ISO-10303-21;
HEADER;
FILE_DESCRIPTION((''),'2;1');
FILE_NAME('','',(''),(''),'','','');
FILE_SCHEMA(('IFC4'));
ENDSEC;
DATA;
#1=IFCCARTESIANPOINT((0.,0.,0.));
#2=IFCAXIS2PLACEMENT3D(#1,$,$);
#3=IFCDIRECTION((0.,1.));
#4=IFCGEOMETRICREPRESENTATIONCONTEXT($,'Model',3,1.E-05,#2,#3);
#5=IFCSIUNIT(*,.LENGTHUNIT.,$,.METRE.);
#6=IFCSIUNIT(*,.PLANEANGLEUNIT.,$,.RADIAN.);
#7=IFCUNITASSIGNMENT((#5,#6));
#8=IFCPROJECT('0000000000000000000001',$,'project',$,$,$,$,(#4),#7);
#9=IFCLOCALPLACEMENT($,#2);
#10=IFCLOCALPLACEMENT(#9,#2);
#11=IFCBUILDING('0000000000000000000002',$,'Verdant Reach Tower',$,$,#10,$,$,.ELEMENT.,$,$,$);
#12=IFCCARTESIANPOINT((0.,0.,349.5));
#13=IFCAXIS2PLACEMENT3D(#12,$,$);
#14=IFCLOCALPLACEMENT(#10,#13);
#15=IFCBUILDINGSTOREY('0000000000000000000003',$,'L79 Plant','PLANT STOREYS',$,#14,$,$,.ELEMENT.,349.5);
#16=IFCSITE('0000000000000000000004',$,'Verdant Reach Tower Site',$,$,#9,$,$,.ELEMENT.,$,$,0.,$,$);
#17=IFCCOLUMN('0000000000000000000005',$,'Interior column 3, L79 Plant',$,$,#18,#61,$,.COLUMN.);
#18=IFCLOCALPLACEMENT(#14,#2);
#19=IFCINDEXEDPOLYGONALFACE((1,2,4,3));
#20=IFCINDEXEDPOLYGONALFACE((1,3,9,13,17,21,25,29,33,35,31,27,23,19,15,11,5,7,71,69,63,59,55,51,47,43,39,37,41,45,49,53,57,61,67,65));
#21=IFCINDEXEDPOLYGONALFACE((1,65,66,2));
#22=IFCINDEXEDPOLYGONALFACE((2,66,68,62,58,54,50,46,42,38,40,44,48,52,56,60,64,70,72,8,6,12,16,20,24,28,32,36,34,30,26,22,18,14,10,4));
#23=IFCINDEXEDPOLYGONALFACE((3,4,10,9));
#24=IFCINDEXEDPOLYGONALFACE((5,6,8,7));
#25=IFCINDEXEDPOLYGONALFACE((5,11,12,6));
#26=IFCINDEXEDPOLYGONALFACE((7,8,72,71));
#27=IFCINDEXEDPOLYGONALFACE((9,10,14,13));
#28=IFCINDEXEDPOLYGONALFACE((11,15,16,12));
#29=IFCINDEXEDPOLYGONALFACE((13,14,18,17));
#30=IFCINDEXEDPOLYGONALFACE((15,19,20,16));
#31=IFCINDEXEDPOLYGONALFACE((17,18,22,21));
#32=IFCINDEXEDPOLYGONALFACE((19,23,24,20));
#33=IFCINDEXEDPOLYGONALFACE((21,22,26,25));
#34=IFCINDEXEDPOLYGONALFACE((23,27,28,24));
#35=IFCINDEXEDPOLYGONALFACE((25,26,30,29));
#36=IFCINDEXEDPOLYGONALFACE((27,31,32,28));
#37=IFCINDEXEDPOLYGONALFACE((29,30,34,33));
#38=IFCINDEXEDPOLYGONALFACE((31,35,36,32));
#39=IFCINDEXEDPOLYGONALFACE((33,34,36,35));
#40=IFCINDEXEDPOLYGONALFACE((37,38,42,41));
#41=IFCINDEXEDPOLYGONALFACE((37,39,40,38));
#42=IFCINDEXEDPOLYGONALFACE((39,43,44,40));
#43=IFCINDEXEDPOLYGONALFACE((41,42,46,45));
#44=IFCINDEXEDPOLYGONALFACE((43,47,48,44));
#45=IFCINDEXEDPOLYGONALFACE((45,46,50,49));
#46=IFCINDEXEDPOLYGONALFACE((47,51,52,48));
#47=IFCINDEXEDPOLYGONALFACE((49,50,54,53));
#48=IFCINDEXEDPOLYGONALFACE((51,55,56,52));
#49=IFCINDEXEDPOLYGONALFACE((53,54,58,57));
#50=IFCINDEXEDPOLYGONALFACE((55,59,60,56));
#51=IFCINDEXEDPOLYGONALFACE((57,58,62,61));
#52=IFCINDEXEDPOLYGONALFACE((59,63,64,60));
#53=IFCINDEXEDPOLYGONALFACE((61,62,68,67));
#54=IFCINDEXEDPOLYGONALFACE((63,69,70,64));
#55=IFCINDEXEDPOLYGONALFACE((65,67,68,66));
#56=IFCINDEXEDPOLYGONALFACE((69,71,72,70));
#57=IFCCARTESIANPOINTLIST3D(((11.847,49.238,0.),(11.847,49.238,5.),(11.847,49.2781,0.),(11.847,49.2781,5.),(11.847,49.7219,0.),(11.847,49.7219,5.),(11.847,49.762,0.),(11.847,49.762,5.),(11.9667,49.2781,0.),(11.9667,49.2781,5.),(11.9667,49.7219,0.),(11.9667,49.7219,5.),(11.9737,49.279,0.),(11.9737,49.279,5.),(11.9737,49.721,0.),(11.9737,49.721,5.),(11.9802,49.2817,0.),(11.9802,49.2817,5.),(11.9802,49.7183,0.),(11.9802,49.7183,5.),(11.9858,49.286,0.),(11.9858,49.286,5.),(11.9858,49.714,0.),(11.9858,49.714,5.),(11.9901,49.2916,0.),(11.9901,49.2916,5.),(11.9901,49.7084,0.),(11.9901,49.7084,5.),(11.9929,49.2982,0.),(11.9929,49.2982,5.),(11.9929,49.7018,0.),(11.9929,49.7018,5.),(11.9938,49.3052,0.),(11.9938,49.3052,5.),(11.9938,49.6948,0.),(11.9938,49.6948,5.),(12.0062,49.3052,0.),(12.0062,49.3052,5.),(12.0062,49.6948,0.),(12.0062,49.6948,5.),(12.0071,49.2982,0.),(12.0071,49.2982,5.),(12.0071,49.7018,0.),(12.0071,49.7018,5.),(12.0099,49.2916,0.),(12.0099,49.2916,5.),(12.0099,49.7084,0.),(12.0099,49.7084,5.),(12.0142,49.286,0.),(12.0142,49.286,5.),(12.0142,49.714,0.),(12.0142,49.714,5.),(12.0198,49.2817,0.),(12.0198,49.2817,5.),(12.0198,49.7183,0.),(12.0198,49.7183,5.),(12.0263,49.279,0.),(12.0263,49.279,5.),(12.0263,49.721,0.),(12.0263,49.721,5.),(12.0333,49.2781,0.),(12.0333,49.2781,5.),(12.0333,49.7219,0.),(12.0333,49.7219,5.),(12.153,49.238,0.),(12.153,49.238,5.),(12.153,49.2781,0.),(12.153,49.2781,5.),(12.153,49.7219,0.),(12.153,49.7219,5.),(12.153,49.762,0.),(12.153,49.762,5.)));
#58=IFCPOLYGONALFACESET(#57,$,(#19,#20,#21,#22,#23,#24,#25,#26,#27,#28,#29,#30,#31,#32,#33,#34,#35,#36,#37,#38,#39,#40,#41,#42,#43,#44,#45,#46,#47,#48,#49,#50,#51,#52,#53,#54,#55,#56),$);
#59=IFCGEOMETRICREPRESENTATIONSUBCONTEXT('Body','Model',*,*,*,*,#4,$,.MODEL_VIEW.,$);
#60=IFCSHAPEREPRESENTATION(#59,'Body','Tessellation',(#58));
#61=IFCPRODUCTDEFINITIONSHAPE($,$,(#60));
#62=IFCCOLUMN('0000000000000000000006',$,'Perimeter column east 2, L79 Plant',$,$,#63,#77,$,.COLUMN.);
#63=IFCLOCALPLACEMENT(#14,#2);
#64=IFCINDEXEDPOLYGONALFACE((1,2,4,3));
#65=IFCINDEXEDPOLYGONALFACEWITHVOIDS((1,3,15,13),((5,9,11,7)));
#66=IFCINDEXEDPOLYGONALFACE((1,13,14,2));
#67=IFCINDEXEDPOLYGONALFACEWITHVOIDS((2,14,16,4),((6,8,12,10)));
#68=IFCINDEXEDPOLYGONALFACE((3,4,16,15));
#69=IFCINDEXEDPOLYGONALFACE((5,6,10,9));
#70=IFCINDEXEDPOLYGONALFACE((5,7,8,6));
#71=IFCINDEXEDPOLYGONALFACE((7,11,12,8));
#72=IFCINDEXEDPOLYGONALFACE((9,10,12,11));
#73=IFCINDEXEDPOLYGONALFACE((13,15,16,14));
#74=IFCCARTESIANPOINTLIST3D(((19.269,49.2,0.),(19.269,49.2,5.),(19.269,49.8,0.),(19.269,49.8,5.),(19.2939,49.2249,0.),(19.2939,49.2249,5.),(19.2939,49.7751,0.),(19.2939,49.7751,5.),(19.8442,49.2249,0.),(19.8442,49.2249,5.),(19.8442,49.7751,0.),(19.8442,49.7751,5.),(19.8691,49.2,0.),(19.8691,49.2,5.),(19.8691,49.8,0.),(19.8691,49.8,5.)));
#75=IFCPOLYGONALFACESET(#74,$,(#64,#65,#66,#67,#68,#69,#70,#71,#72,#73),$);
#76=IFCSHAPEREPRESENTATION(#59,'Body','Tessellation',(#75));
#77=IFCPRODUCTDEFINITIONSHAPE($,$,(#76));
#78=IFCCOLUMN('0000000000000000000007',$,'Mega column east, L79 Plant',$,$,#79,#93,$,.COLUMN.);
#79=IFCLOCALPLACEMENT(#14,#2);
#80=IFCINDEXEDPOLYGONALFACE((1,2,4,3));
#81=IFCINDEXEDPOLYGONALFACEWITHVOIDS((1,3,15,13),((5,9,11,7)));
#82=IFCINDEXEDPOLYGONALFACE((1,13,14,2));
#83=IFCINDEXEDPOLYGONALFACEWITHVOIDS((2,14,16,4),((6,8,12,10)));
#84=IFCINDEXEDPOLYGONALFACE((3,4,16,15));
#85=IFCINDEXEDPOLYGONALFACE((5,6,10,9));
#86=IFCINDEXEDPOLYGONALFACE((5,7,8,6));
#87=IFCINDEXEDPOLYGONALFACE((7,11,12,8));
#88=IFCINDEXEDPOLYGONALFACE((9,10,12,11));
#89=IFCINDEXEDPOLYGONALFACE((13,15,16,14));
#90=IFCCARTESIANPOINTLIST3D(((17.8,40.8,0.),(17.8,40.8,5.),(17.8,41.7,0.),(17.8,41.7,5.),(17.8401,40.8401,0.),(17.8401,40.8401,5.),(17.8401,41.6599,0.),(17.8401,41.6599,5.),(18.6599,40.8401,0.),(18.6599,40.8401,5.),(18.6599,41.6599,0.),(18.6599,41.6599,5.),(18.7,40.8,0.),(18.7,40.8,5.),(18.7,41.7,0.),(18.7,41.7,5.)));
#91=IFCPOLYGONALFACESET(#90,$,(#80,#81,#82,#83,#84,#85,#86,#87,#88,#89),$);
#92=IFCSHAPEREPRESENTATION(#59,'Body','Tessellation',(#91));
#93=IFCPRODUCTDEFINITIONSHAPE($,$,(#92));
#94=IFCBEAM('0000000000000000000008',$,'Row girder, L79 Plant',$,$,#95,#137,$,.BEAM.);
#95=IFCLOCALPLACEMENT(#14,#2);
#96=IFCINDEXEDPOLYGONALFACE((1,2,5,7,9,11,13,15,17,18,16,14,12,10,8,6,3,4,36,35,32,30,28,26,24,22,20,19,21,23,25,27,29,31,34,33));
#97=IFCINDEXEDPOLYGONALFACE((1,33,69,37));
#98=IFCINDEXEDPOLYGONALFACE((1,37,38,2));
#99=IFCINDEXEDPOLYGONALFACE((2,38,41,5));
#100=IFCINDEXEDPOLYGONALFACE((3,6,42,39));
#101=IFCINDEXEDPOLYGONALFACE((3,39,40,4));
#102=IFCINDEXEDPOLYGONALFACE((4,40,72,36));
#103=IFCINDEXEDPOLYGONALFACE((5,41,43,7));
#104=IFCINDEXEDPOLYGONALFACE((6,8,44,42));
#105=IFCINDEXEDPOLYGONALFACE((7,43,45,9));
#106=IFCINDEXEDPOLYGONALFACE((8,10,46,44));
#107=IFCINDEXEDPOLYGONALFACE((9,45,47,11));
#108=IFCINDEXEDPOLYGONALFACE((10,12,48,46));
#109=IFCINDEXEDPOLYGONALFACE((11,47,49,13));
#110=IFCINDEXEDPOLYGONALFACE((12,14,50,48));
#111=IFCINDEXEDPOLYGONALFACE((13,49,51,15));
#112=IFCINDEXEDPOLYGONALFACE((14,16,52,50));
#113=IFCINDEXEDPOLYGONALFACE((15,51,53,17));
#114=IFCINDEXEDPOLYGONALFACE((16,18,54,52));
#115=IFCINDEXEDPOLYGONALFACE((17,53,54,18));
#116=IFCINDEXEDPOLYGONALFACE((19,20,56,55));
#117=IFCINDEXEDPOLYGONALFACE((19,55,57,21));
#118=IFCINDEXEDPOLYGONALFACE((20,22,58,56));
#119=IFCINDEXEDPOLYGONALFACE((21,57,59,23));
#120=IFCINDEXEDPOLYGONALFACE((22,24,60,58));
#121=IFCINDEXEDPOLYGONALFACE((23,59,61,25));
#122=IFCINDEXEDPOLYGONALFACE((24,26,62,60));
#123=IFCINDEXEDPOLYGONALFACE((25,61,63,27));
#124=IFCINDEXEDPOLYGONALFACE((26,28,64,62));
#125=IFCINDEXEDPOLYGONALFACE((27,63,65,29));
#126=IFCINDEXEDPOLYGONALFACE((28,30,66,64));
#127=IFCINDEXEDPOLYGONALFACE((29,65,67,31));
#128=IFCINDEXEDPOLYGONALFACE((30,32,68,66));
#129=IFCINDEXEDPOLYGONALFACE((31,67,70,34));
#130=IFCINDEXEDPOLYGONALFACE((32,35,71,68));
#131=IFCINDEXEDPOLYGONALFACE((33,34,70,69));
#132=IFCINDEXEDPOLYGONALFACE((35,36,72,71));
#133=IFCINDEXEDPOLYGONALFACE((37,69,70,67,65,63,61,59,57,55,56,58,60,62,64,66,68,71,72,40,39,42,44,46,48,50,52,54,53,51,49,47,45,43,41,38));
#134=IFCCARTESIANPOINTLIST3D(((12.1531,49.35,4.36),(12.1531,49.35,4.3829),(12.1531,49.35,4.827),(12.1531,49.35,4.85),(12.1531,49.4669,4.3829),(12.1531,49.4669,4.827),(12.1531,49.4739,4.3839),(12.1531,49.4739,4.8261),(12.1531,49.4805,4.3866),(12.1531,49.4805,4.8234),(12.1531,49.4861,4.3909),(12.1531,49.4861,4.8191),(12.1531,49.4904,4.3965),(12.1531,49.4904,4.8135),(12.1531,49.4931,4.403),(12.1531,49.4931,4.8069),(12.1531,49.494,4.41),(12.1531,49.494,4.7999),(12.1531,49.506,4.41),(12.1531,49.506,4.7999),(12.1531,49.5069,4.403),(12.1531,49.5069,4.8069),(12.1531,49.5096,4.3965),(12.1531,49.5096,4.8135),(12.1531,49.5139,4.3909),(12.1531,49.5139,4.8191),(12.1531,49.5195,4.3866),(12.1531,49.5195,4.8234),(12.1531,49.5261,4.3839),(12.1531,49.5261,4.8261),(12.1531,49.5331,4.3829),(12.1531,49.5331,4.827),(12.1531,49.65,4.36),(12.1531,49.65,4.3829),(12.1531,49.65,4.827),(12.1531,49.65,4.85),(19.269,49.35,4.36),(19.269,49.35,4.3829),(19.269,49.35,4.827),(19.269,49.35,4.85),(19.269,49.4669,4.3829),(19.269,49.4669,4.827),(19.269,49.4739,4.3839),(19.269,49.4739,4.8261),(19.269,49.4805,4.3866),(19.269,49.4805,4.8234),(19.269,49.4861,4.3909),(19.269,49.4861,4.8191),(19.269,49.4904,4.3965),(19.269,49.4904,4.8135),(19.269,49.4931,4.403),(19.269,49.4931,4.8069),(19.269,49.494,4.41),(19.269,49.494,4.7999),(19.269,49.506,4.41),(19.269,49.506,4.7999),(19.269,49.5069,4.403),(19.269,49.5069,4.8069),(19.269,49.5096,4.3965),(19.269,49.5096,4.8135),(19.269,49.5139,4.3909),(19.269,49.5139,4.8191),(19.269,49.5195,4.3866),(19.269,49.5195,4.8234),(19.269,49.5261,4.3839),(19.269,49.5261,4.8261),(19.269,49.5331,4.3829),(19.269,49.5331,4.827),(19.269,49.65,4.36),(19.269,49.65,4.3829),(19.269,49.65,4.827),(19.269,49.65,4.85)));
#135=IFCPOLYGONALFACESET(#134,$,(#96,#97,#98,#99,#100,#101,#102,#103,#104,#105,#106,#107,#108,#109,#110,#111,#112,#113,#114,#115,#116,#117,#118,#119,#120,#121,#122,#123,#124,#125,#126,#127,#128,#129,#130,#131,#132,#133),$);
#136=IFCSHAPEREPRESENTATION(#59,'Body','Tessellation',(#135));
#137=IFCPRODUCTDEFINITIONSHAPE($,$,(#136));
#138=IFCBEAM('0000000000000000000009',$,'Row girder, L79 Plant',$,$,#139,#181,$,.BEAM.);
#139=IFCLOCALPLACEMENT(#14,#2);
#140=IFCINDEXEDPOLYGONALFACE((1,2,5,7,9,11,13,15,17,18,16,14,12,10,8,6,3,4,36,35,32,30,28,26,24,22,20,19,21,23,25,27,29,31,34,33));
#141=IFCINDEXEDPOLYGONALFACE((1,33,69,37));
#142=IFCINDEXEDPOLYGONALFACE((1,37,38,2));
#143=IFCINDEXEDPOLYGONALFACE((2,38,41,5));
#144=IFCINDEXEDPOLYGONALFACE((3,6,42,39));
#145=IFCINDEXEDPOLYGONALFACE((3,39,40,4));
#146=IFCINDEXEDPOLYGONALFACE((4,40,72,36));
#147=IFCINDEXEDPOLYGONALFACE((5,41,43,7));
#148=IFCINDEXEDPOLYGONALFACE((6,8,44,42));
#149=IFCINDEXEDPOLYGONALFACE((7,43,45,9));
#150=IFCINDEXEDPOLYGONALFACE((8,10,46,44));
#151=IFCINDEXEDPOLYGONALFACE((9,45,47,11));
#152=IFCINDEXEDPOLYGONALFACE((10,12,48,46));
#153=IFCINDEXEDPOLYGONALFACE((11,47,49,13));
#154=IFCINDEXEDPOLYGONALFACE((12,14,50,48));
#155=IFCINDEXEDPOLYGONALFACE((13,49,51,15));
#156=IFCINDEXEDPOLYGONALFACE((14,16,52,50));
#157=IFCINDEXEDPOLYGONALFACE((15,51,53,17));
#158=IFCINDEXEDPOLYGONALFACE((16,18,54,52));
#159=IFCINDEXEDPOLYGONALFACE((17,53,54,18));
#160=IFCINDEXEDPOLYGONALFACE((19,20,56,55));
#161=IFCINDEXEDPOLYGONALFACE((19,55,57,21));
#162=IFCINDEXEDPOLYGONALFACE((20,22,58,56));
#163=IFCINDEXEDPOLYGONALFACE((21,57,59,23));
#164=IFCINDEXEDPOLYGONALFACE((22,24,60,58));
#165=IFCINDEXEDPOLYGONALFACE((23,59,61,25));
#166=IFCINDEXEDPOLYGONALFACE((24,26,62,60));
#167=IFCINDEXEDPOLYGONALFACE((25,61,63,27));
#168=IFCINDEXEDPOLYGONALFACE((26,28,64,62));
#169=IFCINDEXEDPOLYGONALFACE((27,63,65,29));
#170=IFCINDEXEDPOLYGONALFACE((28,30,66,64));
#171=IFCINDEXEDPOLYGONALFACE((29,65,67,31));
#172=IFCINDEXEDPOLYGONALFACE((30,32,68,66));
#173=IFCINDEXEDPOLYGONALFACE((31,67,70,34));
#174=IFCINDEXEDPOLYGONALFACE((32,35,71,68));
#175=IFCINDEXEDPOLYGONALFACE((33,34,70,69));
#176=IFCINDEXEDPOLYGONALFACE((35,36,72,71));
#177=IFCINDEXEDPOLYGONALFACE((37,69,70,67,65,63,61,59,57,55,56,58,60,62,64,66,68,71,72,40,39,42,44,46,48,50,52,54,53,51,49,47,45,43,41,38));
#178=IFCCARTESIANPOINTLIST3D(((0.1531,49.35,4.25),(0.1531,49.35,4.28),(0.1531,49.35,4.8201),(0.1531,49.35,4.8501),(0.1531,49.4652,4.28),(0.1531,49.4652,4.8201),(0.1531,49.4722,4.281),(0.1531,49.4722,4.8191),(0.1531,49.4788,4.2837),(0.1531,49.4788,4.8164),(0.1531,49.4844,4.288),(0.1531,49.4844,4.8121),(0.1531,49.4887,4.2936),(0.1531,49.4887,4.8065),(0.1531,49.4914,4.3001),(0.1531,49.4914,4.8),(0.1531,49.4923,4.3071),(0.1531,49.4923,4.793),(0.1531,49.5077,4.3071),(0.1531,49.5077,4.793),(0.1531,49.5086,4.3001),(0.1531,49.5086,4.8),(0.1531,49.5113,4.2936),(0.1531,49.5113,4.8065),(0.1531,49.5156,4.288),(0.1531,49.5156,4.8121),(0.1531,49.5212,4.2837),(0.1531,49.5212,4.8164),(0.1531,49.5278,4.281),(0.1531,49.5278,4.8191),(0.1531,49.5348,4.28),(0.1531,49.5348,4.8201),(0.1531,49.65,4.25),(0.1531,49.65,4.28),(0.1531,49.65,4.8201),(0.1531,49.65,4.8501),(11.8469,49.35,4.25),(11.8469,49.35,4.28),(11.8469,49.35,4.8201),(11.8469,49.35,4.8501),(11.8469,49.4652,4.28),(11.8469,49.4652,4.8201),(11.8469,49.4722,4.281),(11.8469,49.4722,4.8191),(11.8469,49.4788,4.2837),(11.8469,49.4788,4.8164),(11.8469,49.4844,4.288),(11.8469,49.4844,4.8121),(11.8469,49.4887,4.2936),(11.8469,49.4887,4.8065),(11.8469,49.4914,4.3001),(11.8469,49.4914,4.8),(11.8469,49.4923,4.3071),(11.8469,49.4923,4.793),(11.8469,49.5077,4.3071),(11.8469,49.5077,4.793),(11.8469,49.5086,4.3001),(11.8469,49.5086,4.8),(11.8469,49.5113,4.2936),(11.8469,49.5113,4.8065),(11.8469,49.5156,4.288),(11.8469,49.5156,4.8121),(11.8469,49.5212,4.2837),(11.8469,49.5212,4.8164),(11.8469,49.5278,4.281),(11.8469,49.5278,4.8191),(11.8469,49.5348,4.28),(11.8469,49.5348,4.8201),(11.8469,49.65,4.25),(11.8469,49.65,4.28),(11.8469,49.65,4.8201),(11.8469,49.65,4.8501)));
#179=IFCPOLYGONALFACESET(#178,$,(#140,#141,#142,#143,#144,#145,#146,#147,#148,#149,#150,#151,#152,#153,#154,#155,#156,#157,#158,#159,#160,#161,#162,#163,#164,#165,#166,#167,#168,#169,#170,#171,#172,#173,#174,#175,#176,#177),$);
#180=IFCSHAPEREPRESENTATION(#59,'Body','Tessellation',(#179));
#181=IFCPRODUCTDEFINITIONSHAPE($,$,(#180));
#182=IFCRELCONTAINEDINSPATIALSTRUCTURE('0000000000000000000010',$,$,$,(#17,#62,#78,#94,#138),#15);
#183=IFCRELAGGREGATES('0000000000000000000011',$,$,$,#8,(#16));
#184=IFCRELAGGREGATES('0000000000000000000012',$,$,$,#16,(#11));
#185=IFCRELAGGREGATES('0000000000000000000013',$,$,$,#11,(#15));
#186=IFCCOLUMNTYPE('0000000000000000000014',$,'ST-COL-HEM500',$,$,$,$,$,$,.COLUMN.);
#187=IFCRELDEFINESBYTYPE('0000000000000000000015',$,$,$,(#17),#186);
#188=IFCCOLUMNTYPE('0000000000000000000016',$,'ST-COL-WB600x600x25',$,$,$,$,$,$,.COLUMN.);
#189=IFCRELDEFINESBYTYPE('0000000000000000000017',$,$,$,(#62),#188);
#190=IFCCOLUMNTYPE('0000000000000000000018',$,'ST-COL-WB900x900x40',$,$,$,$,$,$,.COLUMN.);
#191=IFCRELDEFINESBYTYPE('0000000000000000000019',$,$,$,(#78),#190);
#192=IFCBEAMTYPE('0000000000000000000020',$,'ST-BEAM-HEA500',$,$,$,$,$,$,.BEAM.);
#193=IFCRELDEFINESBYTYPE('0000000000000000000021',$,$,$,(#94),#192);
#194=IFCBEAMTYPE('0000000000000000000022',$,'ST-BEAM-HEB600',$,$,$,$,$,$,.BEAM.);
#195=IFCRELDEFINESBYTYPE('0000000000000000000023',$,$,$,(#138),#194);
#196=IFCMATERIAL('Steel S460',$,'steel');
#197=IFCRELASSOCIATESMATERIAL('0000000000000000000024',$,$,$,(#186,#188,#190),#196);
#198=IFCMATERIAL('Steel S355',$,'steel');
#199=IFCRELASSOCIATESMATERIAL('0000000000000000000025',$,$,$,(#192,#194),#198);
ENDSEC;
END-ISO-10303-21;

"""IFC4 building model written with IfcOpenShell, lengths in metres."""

from ifc_helpers import new_model, si_unit, direction, frame, origin, origin_2d, place, context, subcontext, project, spatial, hollow_rectangle, i_section, extrude, material, material_profile, profile_set, type_object, element, save


model = new_model("IFC4")

# Units and contexts
model_context = context("Model", 3, precision=1e-05, world=origin(), true_north=direction((0.0, 1.0)))
body_context = subcontext(model_context, "Body", "Model", "MODEL_VIEW")
ifc_project = project(units=[si_unit("LENGTHUNIT", "METRE"), si_unit("PLANEANGLEUNIT", "RADIAN")], contexts=[model_context])

# Site, building, storey
site_placement = place(None, origin())
site = spatial("IfcSite", under=ifc_project, at=site_placement, Name="Verdant Reach Tower Site", CompositionType="ELEMENT", RefElevation=0.0)
building_placement = place(site_placement, origin())
building = spatial("IfcBuilding", under=site, at=building_placement, Name="Verdant Reach Tower", CompositionType="ELEMENT")
storey_placement = place(building_placement, frame((0.0, 0.0, 349.5)))
storey = spatial("IfcBuildingStorey", under=building, at=storey_placement, Name="L79 Plant", Description="PLANT STOREYS", CompositionType="ELEMENT", Elevation=349.5)

# Columns
ifc_material_1 = material(Name="Steel S460", Category="steel")
ifc_material_profile_1 = material_profile(ifc_material_1, i_section(OverallWidth=0.3059, OverallDepth=0.5239, WebThickness=0.0125, FlangeThickness=0.04, FilletRadius=0.0271, at=origin_2d()), Name="HEM 500")
ifc_profile_set_1 = profile_set([ifc_material_profile_1], Name="Steel S460")
column_type_1 = type_object("IfcColumnType", Name="ST-COL-HEM500", PredefinedType="COLUMN", material=ifc_profile_set_1)
column_1_placement = place(storey_placement, frame((12.0, 49.5, 0.0), z_axis=(0.0, 0.0, 1.0), x_axis=(1.0, 0.0, 0.0)))
element("IfcColumn", 1, at=column_1_placement, inside=storey, type_object=column_type_1, Name="Interior column 3, L79 Plant", PredefinedType="COLUMN", context=body_context, shape_type="SweptSolid", body=[
    extrude(i_section(OverallWidth=0.3059, OverallDepth=0.5239, WebThickness=0.0125, FlangeThickness=0.04, FilletRadius=0.0271, at=origin_2d()), origin(), (0.0, 0.0, 1.0), 5.0),
])
ifc_material_profile_2 = material_profile(ifc_material_1, hollow_rectangle(XDim=0.6001, YDim=0.6001, WallThickness=0.0249, at=origin_2d()), Name="WB 600x600x25")
ifc_profile_set_2 = profile_set([ifc_material_profile_2], Name="Steel S460")
column_type_2 = type_object("IfcColumnType", Name="ST-COL-WB600x600x25", PredefinedType="COLUMN", material=ifc_profile_set_2)
column_2_placement = place(storey_placement, frame((19.5691, 49.5, 0.0), z_axis=(0.0, 0.0, 1.0), x_axis=(1.0, 0.0, 0.0)))
element("IfcColumn", 2, at=column_2_placement, inside=storey, type_object=column_type_2, Name="Perimeter column east 2, L79 Plant", PredefinedType="COLUMN", context=body_context, shape_type="SweptSolid", body=[
    extrude(hollow_rectangle(XDim=0.6001, YDim=0.6001, WallThickness=0.0249, at=origin_2d()), origin(), (0.0, 0.0, 1.0), 5.0),
])
ifc_material_profile_3 = material_profile(ifc_material_1, hollow_rectangle(XDim=0.8999, YDim=0.8999, WallThickness=0.04, at=origin_2d()), Name="WB 900x900x40")
ifc_profile_set_3 = profile_set([ifc_material_profile_3], Name="Steel S460")
column_type_3 = type_object("IfcColumnType", Name="ST-COL-WB900x900x40", PredefinedType="COLUMN", material=ifc_profile_set_3)
column_3_placement = place(storey_placement, frame((18.25, 41.25, 0.0), z_axis=(0.0, 0.0, 1.0), x_axis=(1.0, 0.0, 0.0)))
element("IfcColumn", 3, at=column_3_placement, inside=storey, type_object=column_type_3, Name="Mega column east, L79 Plant", PredefinedType="COLUMN", context=body_context, shape_type="SweptSolid", body=[
    extrude(hollow_rectangle(XDim=0.8999, YDim=0.8999, WallThickness=0.04, at=origin_2d()), origin(), (0.0, 0.0, 1.0), 5.0),
])

# Beams
ifc_material_2 = material(Name="Steel S355", Category="steel")
ifc_material_profile_4 = material_profile(ifc_material_2, i_section(OverallWidth=0.3, OverallDepth=0.49, WebThickness=0.012, FlangeThickness=0.0229, FilletRadius=0.0271, at=origin_2d()), Name="HEA 500")
ifc_profile_set_4 = profile_set([ifc_material_profile_4], Name="Steel S355")
beam_type_1 = type_object("IfcBeamType", Name="ST-BEAM-HEA500", PredefinedType="BEAM", material=ifc_profile_set_4)
beam_1_placement = place(storey_placement, frame((12.1531, 49.5, 4.605), z_axis=(1.0, 0.0, 0.0), x_axis=(0.0, 1.0, 0.0)))
element("IfcBeam", 4, at=beam_1_placement, inside=storey, type_object=beam_type_1, Name="Row girder, L79 Plant", PredefinedType="BEAM", context=body_context, shape_type="SweptSolid", body=[
    extrude(i_section(OverallWidth=0.3, OverallDepth=0.49, WebThickness=0.012, FlangeThickness=0.0229, FilletRadius=0.0271, at=origin_2d()), origin(), (0.0, 0.0, 1.0), 7.116),
])
ifc_material_profile_5 = material_profile(ifc_material_2, i_section(OverallWidth=0.3, OverallDepth=0.6001, WebThickness=0.0154, FlangeThickness=0.03, FilletRadius=0.0271, at=origin_2d()), Name="HEB 600")
ifc_profile_set_5 = profile_set([ifc_material_profile_5], Name="Steel S355")
beam_type_2 = type_object("IfcBeamType", Name="ST-BEAM-HEB600", PredefinedType="BEAM", material=ifc_profile_set_5)
beam_2_placement = place(storey_placement, frame((0.1531, 49.5, 4.55), z_axis=(1.0, 0.0, 0.0), x_axis=(0.0, 1.0, 0.0)))
element("IfcBeam", 5, at=beam_2_placement, inside=storey, type_object=beam_type_2, Name="Row girder, L79 Plant", PredefinedType="BEAM", context=body_context, shape_type="SweptSolid", body=[
    extrude(i_section(OverallWidth=0.3, OverallDepth=0.6001, WebThickness=0.0154, FlangeThickness=0.03, FilletRadius=0.0271, at=origin_2d()), origin(), (0.0, 0.0, 1.0), 11.6938),
])

save(model, "model.ifc")
